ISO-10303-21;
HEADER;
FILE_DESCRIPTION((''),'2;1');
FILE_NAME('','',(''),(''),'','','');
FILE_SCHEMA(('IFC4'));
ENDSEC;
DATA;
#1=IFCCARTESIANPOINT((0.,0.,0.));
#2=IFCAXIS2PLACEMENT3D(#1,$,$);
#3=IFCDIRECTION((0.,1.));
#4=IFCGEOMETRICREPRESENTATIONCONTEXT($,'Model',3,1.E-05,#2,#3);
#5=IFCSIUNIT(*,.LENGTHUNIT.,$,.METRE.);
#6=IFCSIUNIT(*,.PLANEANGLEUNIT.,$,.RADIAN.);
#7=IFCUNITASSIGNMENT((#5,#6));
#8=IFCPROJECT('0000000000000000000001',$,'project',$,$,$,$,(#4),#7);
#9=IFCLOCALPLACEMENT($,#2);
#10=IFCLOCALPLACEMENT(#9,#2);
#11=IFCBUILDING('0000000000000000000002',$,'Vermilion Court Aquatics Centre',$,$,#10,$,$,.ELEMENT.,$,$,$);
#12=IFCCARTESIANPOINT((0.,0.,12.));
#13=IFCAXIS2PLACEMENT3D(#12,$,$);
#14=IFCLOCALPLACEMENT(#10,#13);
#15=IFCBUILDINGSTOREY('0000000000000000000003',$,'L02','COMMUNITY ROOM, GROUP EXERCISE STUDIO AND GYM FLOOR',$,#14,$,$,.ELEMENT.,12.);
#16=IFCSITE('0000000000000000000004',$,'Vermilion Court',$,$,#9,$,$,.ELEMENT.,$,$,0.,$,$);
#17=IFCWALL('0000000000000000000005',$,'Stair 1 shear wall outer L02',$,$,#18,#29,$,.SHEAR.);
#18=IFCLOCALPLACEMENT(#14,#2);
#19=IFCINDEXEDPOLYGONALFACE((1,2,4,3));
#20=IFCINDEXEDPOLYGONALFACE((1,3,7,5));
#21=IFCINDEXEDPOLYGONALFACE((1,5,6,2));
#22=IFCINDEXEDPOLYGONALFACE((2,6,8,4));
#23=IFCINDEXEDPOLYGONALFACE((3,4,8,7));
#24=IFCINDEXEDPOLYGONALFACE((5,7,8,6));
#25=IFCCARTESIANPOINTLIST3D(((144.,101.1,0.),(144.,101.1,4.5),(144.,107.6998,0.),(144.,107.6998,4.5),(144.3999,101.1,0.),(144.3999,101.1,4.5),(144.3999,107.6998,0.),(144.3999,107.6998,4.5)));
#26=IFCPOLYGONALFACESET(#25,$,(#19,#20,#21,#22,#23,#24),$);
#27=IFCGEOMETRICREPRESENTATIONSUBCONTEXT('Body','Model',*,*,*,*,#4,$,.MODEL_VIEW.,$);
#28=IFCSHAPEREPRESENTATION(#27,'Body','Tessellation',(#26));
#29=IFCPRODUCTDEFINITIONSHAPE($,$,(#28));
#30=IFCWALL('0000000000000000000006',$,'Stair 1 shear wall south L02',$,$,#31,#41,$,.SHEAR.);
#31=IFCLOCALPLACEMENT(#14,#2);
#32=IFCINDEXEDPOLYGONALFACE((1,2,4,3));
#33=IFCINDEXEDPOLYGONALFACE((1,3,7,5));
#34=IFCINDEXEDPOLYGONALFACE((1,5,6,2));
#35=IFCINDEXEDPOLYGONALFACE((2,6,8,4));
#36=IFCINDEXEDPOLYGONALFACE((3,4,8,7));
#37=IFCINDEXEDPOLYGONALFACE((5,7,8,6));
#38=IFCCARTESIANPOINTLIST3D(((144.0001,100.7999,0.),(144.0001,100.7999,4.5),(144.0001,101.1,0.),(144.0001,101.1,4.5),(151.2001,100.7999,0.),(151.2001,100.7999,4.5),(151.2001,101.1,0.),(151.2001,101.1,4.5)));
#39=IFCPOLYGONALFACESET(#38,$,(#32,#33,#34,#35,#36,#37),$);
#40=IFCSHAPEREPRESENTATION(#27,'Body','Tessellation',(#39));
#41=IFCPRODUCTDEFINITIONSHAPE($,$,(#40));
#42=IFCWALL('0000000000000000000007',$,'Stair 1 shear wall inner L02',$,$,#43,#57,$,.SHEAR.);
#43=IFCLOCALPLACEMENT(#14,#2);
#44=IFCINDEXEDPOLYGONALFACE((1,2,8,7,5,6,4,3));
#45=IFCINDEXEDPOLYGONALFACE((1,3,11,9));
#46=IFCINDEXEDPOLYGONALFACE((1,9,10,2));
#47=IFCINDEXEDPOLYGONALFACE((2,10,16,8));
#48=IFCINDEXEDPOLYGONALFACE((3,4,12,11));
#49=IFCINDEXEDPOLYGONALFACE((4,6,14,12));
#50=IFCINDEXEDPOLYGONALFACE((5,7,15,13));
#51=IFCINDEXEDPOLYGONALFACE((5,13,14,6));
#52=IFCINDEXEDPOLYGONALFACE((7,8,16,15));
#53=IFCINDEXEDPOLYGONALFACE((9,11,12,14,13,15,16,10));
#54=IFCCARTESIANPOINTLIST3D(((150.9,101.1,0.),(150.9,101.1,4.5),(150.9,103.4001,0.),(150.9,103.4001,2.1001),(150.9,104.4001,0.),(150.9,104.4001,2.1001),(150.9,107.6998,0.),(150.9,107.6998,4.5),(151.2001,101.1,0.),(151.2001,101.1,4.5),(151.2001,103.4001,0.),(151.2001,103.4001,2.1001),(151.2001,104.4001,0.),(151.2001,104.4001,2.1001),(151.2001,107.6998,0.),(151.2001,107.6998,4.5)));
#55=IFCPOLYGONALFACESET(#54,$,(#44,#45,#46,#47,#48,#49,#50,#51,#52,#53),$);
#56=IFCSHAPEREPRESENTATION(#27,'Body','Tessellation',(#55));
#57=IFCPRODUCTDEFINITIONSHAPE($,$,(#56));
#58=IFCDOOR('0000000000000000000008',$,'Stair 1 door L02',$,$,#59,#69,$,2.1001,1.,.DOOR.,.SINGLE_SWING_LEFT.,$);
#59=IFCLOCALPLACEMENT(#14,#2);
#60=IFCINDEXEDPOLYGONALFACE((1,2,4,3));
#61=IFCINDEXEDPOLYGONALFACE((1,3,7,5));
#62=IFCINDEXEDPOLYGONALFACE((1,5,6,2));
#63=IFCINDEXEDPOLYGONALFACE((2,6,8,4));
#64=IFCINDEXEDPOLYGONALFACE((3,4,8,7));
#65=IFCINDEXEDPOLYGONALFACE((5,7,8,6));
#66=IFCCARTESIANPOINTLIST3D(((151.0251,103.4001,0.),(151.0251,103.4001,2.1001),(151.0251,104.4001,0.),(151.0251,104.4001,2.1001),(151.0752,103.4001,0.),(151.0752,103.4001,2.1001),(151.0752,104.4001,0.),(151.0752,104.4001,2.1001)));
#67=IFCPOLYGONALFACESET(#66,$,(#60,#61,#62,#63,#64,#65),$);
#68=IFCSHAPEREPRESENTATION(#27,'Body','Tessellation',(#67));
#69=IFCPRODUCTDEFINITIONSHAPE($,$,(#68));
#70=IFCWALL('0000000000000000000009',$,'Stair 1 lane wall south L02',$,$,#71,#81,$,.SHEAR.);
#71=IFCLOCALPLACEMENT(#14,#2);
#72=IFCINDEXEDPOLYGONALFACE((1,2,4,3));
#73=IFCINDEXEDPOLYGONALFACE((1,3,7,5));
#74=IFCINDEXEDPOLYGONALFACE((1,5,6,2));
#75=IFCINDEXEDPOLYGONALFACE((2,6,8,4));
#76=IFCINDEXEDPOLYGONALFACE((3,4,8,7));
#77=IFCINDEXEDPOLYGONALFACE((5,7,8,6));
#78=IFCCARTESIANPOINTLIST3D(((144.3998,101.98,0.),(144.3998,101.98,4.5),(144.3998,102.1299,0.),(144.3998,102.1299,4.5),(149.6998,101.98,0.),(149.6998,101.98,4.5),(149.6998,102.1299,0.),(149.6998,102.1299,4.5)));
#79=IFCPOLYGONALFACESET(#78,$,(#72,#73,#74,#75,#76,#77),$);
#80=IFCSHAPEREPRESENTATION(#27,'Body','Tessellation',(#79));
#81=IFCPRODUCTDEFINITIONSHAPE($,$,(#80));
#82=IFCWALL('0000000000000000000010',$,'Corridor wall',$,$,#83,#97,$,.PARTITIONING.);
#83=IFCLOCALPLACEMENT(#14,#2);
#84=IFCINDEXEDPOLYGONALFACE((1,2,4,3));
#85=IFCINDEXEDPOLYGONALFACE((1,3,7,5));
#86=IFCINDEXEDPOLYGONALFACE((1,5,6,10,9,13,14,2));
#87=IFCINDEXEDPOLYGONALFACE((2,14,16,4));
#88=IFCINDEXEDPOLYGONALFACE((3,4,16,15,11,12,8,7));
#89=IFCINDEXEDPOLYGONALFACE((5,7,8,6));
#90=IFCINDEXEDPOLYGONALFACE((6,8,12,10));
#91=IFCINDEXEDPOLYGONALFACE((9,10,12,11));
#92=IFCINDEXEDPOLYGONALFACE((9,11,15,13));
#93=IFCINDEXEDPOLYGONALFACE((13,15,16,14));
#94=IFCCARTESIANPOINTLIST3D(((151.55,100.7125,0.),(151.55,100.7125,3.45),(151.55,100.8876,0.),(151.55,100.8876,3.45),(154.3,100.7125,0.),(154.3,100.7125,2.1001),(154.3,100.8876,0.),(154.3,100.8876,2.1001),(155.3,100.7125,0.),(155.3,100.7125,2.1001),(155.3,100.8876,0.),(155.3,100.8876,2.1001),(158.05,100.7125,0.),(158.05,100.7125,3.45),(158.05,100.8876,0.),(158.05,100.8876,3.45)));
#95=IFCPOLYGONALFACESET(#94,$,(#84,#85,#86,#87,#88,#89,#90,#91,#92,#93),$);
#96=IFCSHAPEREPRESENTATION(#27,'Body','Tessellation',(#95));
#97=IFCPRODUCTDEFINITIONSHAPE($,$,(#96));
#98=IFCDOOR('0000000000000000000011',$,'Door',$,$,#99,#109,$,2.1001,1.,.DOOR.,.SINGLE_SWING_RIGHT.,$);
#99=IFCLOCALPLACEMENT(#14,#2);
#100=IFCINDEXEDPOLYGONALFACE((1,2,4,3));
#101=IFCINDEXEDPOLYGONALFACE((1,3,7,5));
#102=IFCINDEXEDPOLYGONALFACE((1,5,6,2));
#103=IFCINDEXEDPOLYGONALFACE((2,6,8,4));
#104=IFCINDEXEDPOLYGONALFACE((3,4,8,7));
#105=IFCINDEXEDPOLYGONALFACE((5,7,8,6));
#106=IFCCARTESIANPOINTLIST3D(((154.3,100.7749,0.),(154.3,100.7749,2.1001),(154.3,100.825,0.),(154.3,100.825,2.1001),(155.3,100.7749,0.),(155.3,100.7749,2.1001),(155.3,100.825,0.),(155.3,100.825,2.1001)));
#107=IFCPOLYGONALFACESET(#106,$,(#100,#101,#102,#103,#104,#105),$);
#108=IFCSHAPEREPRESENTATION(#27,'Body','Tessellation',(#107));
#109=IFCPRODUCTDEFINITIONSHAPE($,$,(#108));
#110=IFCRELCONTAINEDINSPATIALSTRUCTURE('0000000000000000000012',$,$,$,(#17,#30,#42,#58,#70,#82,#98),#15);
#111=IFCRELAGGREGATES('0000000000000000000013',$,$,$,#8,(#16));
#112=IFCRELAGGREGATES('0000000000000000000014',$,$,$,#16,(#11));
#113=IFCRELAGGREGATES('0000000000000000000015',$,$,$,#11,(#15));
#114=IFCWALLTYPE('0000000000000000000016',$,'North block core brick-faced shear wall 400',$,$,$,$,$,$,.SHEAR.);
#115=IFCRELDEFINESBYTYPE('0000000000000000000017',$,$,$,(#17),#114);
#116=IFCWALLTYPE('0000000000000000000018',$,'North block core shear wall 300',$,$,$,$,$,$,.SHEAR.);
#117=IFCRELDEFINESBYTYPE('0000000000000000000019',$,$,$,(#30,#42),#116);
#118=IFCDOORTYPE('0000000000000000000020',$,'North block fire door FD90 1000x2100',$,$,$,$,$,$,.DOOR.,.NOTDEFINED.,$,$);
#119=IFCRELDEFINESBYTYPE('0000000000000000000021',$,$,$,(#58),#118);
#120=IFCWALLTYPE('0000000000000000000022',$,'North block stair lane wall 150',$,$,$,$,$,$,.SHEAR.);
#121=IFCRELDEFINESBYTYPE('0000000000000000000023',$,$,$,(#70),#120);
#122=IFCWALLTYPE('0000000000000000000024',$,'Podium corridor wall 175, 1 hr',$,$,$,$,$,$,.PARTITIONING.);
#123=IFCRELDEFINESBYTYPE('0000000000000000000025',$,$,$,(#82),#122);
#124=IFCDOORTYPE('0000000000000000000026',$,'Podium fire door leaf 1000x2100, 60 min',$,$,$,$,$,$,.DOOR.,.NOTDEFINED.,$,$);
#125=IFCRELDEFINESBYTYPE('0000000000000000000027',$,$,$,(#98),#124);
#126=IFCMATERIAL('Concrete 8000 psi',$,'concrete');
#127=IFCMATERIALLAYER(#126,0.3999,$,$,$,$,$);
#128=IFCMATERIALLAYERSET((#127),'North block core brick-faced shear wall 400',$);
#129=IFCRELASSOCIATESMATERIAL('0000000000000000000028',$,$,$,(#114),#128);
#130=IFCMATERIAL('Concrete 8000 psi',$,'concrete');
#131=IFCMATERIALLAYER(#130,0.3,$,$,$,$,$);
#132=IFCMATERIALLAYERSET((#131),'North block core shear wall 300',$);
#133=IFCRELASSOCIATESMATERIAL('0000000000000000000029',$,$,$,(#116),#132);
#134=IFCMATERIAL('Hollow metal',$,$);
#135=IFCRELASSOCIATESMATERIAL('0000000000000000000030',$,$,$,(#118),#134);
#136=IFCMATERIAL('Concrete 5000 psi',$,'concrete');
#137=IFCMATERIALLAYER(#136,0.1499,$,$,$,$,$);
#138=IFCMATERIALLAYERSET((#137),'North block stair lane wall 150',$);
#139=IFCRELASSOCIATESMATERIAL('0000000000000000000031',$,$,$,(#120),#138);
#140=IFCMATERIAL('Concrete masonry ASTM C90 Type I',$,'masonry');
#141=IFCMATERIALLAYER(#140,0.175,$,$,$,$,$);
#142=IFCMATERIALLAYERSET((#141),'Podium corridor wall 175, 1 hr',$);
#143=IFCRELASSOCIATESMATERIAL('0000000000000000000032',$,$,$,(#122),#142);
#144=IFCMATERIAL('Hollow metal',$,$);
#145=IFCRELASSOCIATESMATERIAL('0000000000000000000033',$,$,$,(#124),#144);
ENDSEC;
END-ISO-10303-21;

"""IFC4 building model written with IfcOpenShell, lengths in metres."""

from ifc_helpers import new_model, si_unit, direction, frame, frame_2d, origin, place, context, subcontext, project, spatial, rectangle, extrude, material, layer, layer_set, type_object, element, fill, save


model = new_model("IFC4")

# Units and contexts
model_context = context("Model", 3, precision=1e-05, world=origin(), true_north=direction((0.0, 1.0)))
body_context = subcontext(model_context, "Body", "Model", "MODEL_VIEW")
ifc_project = project(units=[si_unit("LENGTHUNIT", "METRE"), si_unit("PLANEANGLEUNIT", "RADIAN")], contexts=[model_context])

# Site, building, storey
site_placement = place(None, origin())
site = spatial("IfcSite", under=ifc_project, at=site_placement, Name="Vermilion Court", CompositionType="ELEMENT", RefElevation=0.0)
building_placement = place(site_placement, origin())
building = spatial("IfcBuilding", under=site, at=building_placement, Name="Vermilion Court Aquatics Centre", CompositionType="ELEMENT")
storey_placement = place(building_placement, frame((0.0, 0.0, 12.0)))
storey = spatial("IfcBuildingStorey", under=building, at=storey_placement, Name="L02", Description="COMMUNITY ROOM, GROUP EXERCISE STUDIO AND GYM FLOOR", CompositionType="ELEMENT", Elevation=12.0)

# Walls
ifc_material_1 = material(Name="Concrete 8000 psi", Category="concrete")
ifc_layer_1 = layer(ifc_material_1, 0.3999)
ifc_layer_set_1 = layer_set([ifc_layer_1], Name="North block core brick-faced shear wall 400")
wall_type_1 = type_object("IfcWallType", Name="North block core brick-faced shear wall 400", PredefinedType="SHEAR", material=ifc_layer_set_1)
wall_1_placement = place(storey_placement, frame((144.2, 101.1001, 0.0), z_axis=(0.0, 0.0, 1.0), x_axis=(0.0, 1.0, 0.0)))
element("IfcWall", 1, at=wall_1_placement, inside=storey, type_object=wall_type_1, Name="Stair 1 shear wall outer L02", PredefinedType="SHEAR", context=body_context, shape_type="SweptSolid", body=[
    extrude(rectangle(XDim=6.5999, YDim=0.3999, at=frame_2d((3.2998, 0.0))), origin(), (0.0, 0.0, 1.0), 4.5),
])
ifc_material_2 = material(Name="Concrete 8000 psi", Category="concrete")
ifc_layer_2 = layer(ifc_material_2, 0.3)
ifc_layer_set_2 = layer_set([ifc_layer_2], Name="North block core shear wall 300")
wall_type_2 = type_object("IfcWallType", Name="North block core shear wall 300", PredefinedType="SHEAR", material=ifc_layer_set_2)
wall_2_placement = place(storey_placement, frame((144.0, 100.95, 0.0), z_axis=(0.0, 0.0, 1.0), x_axis=(1.0, 0.0, 0.0)))
element("IfcWall", 2, at=wall_2_placement, inside=storey, type_object=wall_type_2, Name="Stair 1 shear wall south L02", PredefinedType="SHEAR", context=body_context, shape_type="SweptSolid", body=[
    extrude(rectangle(XDim=7.2, YDim=0.3, at=frame_2d((3.6001, 0.0))), origin(), (0.0, 0.0, 1.0), 4.5),
])

# Wall, opening, door
wall_3_placement = place(storey_placement, frame((151.05, 101.1001, 0.0), z_axis=(0.0, 0.0, 1.0), x_axis=(0.0, 1.0, 0.0)))
wall_3 = element("IfcWall", 3, at=wall_3_placement, inside=storey, type_object=wall_type_2, Name="Stair 1 shear wall inner L02", PredefinedType="SHEAR", context=body_context, shape_type="SweptSolid", body=[
    extrude(rectangle(XDim=6.5999, YDim=0.3, at=frame_2d((3.2998, 0.0))), origin(), (0.0, 0.0, 1.0), 4.5),
])
opening_1_placement = place(wall_3_placement, frame((2.3, 0.0, 0.0)))
opening_1 = element("IfcOpeningElement", 4, at=opening_1_placement, cuts=wall_3, PredefinedType="OPENING", context=body_context, shape_type="SweptSolid", body=[
    extrude(rectangle(XDim=1.0, YDim=2.1001, at=frame_2d((0.5, 1.05))), frame((0.0, 0.1599, 0.0), z_axis=(0.0, -1.0, 0.0), x_axis=(1.0, 0.0, 0.0)), (0.0, 0.0, 1.0), 0.3201),
])
ifc_material_3 = material(Name="Hollow metal")
door_type_1 = type_object("IfcDoorType", Name="North block fire door FD90 1000x2100", OperationType="NOTDEFINED", PredefinedType="DOOR", material=ifc_material_3)
door_1_placement = place(opening_1_placement, origin())
door_1 = element("IfcDoor", 5, at=door_1_placement, inside=storey, type_object=door_type_1, Name="Stair 1 door L02", OperationType="SINGLE_SWING_LEFT", OverallHeight=2.1001, OverallWidth=1.0, PredefinedType="DOOR", context=body_context, shape_type="SweptSolid", body=[
    extrude(rectangle(XDim=1.0, YDim=2.1001, at=frame_2d((0.5, 1.05))), frame((0.0, 0.0249, 0.0), z_axis=(0.0, -1.0, 0.0), x_axis=(1.0, 0.0, 0.0)), (0.0, 0.0, 1.0), 0.05),
])
fill(opening_1, door_1)

# Wall
ifc_material_4 = material(Name="Concrete 5000 psi", Category="concrete")
ifc_layer_3 = layer(ifc_material_4, 0.1499)
ifc_layer_set_3 = layer_set([ifc_layer_3], Name="North block stair lane wall 150")
wall_type_3 = type_object("IfcWallType", Name="North block stair lane wall 150", PredefinedType="SHEAR", material=ifc_layer_set_3)
wall_4_placement = place(storey_placement, frame((144.3999, 102.0549, 0.0), z_axis=(0.0, 0.0, 1.0), x_axis=(1.0, 0.0, 0.0)))
element("IfcWall", 6, at=wall_4_placement, inside=storey, type_object=wall_type_3, Name="Stair 1 lane wall south L02", PredefinedType="SHEAR", context=body_context, shape_type="SweptSolid", body=[
    extrude(rectangle(XDim=5.3, YDim=0.1499, at=frame_2d((2.6499, 0.0))), origin(), (0.0, 0.0, 1.0), 4.5),
])

# Wall, opening, door
ifc_material_5 = material(Name="Concrete masonry ASTM C90 Type I", Category="masonry")
ifc_layer_4 = layer(ifc_material_5, 0.175)
ifc_layer_set_4 = layer_set([ifc_layer_4], Name="Podium corridor wall 175, 1 hr")
wall_type_4 = type_object("IfcWallType", Name="Podium corridor wall 175, 1 hr", PredefinedType="PARTITIONING", material=ifc_layer_set_4)
wall_5_placement = place(storey_placement, frame((151.55, 100.8, 0.0), z_axis=(0.0, 0.0, 1.0), x_axis=(1.0, 0.0, 0.0)))
wall_5 = element("IfcWall", 7, at=wall_5_placement, inside=storey, type_object=wall_type_4, Name="Corridor wall", PredefinedType="PARTITIONING", context=body_context, shape_type="SweptSolid", body=[
    extrude(rectangle(XDim=6.5, YDim=0.175, at=frame_2d((3.25, 0.0))), origin(), (0.0, 0.0, 1.0), 3.45),
])
opening_2_placement = place(wall_5_placement, frame((2.75, 0.0, 0.0)))
opening_2 = element("IfcOpeningElement", 8, at=opening_2_placement, cuts=wall_5, PredefinedType="OPENING", context=body_context, shape_type="SweptSolid", body=[
    extrude(rectangle(XDim=1.0, YDim=2.1001, at=frame_2d((0.5, 1.05))), frame((0.0, 0.0974, 0.0), z_axis=(0.0, -1.0, 0.0), x_axis=(1.0, 0.0, 0.0)), (0.0, 0.0, 1.0), 0.1951),
])
ifc_material_6 = material(Name="Hollow metal")
door_type_2 = type_object("IfcDoorType", Name="Podium fire door leaf 1000x2100, 60 min", OperationType="NOTDEFINED", PredefinedType="DOOR", material=ifc_material_6)
door_2_placement = place(opening_2_placement, origin())
door_2 = element("IfcDoor", 9, at=door_2_placement, inside=storey, type_object=door_type_2, Name="Door", OperationType="SINGLE_SWING_RIGHT", OverallHeight=2.1001, OverallWidth=1.0, PredefinedType="DOOR", context=body_context, shape_type="SweptSolid", body=[
    extrude(rectangle(XDim=1.0, YDim=2.1001, at=frame_2d((0.5, 1.05))), frame((0.0, 0.0249, 0.0), z_axis=(0.0, -1.0, 0.0), x_axis=(1.0, 0.0, 0.0)), (0.0, 0.0, 1.0), 0.05),
])
fill(opening_2, door_2)

save(model, "model.ifc")
